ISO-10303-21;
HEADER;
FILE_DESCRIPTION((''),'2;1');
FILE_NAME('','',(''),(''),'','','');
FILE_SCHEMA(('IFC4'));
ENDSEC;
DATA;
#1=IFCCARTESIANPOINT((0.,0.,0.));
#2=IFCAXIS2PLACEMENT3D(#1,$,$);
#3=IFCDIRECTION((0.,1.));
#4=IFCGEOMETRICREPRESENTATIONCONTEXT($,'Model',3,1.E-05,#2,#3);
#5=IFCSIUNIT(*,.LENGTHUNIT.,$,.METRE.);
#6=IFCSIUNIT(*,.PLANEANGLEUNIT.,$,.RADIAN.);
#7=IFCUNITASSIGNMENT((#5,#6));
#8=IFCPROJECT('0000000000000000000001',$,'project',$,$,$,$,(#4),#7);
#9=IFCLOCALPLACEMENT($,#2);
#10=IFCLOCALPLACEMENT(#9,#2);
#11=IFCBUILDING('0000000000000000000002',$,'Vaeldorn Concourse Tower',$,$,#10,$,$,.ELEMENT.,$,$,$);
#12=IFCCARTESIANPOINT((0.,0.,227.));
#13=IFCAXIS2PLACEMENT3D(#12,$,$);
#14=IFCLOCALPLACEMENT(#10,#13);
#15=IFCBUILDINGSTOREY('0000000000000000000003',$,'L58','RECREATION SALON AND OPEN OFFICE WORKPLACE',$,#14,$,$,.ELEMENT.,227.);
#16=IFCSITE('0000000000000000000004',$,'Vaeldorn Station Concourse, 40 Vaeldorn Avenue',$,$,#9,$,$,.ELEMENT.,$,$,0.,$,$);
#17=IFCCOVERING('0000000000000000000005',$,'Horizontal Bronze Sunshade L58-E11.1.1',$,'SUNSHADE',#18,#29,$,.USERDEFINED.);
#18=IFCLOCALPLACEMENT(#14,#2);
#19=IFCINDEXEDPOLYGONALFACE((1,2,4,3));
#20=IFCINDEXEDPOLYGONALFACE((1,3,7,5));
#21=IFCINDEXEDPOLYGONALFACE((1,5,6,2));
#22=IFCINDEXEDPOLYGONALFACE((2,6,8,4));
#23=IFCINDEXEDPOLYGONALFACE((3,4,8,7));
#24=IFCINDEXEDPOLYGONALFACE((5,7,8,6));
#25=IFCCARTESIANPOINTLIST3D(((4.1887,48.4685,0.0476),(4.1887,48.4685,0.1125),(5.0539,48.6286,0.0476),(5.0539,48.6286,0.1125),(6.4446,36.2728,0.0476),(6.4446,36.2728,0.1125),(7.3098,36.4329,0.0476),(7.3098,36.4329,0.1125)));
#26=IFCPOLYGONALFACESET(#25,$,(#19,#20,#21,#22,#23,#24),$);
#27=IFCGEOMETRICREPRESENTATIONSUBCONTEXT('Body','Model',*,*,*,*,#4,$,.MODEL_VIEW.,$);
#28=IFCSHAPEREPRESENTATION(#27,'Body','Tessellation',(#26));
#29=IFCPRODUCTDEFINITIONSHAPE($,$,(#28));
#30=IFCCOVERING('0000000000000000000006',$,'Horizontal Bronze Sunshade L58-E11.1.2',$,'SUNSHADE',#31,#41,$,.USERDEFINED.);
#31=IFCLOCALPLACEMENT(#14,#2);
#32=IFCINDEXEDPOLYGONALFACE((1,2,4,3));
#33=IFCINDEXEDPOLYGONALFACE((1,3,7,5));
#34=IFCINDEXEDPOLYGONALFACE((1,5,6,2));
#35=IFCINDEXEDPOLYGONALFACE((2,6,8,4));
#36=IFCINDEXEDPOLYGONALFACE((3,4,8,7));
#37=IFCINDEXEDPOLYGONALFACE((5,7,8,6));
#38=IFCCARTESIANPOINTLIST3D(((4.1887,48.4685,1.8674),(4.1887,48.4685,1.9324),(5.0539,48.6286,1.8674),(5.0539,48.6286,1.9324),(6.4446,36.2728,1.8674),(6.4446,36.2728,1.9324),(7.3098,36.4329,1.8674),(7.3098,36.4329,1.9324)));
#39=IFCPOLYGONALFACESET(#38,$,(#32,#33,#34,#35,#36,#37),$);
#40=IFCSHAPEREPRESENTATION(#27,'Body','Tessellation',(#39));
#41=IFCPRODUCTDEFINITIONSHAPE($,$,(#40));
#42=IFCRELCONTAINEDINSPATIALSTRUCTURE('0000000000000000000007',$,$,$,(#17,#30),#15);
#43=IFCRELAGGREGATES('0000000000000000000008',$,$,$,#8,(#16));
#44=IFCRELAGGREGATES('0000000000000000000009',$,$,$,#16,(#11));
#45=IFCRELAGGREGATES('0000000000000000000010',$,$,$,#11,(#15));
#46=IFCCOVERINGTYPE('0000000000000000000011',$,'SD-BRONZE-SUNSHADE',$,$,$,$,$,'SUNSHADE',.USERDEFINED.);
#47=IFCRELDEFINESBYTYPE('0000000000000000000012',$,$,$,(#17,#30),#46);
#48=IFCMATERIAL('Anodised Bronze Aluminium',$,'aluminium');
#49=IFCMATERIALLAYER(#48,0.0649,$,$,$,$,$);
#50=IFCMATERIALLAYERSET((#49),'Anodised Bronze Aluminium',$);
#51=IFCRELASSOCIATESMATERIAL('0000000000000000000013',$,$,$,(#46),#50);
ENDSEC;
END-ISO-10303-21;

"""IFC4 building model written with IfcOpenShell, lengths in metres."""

from ifc_helpers import new_model, si_unit, direction, frame, origin, origin_2d, place, context, subcontext, project, spatial, rectangle, extrude, source, transform, mapped, material, layer, layer_set, type_object, element, save


model = new_model("IFC4")

# Units and contexts
model_context = context("Model", 3, precision=1e-05, world=origin(), true_north=direction((0.0, 1.0)))
body_context = subcontext(model_context, "Body", "Model", "MODEL_VIEW")
ifc_project = project(units=[si_unit("LENGTHUNIT", "METRE"), si_unit("PLANEANGLEUNIT", "RADIAN")], contexts=[model_context])

# Site, building, storey
site_placement = place(None, origin())
site = spatial("IfcSite", under=ifc_project, at=site_placement, Name="Vaeldorn Station Concourse, 40 Vaeldorn Avenue", CompositionType="ELEMENT", RefElevation=0.0)
building_placement = place(site_placement, origin())
building = spatial("IfcBuilding", under=site, at=building_placement, Name="Vaeldorn Concourse Tower", CompositionType="ELEMENT")
storey_placement = place(building_placement, frame((0.0, 0.0, 227.0)))
storey = spatial("IfcBuildingStorey", under=building, at=storey_placement, Name="L58", Description="RECREATION SALON AND OPEN OFFICE WORKPLACE", CompositionType="ELEMENT", Elevation=227.0)

# Shared definitions
ifc_material_1 = material(Name="Anodised Bronze Aluminium", Category="aluminium")

# Coverings
ifc_layer_1 = layer(ifc_material_1, 0.0649)
ifc_layer_set_1 = layer_set([ifc_layer_1], Name="Anodised Bronze Aluminium")
covering_type = type_object("IfcCoveringType", Name="SD-BRONZE-SUNSHADE", ElementType="SUNSHADE", PredefinedType="USERDEFINED", material=ifc_layer_set_1)
shared_shape_1 = source(origin(), body_context, "Body", "SweptSolid", [
    extrude(rectangle(XDim=12.4026, YDim=0.8799, at=origin_2d()), origin(), (0.0, 0.0, 1.0), 0.0649),
])
for number, where, z_axis, x_axis, name in (
    (1, (5.7493, 42.4507, 0.0476), (0.0, 0.0, 1.0), (0.181892, -0.983318, 0.0), "Horizontal Bronze Sunshade L58-E11.1.1"),
    (2, (5.7493, 42.4507, 1.8674), (0.0, 0.0, 1.0), (0.181892, -0.983318, 0.0), "Horizontal Bronze Sunshade L58-E11.1.2"),
):
    element("IfcCovering", number, at=place(storey_placement, frame(where, z_axis=z_axis, x_axis=x_axis)), inside=storey, type_object=covering_type, Name=name, ObjectType="SUNSHADE", PredefinedType="USERDEFINED", context=body_context, shape_type="MappedRepresentation", body=[
        mapped(shared_shape_1, transform((0.0, 0.0, 0.0), scale=1.0)),
    ])

save(model, "model.ifc")
